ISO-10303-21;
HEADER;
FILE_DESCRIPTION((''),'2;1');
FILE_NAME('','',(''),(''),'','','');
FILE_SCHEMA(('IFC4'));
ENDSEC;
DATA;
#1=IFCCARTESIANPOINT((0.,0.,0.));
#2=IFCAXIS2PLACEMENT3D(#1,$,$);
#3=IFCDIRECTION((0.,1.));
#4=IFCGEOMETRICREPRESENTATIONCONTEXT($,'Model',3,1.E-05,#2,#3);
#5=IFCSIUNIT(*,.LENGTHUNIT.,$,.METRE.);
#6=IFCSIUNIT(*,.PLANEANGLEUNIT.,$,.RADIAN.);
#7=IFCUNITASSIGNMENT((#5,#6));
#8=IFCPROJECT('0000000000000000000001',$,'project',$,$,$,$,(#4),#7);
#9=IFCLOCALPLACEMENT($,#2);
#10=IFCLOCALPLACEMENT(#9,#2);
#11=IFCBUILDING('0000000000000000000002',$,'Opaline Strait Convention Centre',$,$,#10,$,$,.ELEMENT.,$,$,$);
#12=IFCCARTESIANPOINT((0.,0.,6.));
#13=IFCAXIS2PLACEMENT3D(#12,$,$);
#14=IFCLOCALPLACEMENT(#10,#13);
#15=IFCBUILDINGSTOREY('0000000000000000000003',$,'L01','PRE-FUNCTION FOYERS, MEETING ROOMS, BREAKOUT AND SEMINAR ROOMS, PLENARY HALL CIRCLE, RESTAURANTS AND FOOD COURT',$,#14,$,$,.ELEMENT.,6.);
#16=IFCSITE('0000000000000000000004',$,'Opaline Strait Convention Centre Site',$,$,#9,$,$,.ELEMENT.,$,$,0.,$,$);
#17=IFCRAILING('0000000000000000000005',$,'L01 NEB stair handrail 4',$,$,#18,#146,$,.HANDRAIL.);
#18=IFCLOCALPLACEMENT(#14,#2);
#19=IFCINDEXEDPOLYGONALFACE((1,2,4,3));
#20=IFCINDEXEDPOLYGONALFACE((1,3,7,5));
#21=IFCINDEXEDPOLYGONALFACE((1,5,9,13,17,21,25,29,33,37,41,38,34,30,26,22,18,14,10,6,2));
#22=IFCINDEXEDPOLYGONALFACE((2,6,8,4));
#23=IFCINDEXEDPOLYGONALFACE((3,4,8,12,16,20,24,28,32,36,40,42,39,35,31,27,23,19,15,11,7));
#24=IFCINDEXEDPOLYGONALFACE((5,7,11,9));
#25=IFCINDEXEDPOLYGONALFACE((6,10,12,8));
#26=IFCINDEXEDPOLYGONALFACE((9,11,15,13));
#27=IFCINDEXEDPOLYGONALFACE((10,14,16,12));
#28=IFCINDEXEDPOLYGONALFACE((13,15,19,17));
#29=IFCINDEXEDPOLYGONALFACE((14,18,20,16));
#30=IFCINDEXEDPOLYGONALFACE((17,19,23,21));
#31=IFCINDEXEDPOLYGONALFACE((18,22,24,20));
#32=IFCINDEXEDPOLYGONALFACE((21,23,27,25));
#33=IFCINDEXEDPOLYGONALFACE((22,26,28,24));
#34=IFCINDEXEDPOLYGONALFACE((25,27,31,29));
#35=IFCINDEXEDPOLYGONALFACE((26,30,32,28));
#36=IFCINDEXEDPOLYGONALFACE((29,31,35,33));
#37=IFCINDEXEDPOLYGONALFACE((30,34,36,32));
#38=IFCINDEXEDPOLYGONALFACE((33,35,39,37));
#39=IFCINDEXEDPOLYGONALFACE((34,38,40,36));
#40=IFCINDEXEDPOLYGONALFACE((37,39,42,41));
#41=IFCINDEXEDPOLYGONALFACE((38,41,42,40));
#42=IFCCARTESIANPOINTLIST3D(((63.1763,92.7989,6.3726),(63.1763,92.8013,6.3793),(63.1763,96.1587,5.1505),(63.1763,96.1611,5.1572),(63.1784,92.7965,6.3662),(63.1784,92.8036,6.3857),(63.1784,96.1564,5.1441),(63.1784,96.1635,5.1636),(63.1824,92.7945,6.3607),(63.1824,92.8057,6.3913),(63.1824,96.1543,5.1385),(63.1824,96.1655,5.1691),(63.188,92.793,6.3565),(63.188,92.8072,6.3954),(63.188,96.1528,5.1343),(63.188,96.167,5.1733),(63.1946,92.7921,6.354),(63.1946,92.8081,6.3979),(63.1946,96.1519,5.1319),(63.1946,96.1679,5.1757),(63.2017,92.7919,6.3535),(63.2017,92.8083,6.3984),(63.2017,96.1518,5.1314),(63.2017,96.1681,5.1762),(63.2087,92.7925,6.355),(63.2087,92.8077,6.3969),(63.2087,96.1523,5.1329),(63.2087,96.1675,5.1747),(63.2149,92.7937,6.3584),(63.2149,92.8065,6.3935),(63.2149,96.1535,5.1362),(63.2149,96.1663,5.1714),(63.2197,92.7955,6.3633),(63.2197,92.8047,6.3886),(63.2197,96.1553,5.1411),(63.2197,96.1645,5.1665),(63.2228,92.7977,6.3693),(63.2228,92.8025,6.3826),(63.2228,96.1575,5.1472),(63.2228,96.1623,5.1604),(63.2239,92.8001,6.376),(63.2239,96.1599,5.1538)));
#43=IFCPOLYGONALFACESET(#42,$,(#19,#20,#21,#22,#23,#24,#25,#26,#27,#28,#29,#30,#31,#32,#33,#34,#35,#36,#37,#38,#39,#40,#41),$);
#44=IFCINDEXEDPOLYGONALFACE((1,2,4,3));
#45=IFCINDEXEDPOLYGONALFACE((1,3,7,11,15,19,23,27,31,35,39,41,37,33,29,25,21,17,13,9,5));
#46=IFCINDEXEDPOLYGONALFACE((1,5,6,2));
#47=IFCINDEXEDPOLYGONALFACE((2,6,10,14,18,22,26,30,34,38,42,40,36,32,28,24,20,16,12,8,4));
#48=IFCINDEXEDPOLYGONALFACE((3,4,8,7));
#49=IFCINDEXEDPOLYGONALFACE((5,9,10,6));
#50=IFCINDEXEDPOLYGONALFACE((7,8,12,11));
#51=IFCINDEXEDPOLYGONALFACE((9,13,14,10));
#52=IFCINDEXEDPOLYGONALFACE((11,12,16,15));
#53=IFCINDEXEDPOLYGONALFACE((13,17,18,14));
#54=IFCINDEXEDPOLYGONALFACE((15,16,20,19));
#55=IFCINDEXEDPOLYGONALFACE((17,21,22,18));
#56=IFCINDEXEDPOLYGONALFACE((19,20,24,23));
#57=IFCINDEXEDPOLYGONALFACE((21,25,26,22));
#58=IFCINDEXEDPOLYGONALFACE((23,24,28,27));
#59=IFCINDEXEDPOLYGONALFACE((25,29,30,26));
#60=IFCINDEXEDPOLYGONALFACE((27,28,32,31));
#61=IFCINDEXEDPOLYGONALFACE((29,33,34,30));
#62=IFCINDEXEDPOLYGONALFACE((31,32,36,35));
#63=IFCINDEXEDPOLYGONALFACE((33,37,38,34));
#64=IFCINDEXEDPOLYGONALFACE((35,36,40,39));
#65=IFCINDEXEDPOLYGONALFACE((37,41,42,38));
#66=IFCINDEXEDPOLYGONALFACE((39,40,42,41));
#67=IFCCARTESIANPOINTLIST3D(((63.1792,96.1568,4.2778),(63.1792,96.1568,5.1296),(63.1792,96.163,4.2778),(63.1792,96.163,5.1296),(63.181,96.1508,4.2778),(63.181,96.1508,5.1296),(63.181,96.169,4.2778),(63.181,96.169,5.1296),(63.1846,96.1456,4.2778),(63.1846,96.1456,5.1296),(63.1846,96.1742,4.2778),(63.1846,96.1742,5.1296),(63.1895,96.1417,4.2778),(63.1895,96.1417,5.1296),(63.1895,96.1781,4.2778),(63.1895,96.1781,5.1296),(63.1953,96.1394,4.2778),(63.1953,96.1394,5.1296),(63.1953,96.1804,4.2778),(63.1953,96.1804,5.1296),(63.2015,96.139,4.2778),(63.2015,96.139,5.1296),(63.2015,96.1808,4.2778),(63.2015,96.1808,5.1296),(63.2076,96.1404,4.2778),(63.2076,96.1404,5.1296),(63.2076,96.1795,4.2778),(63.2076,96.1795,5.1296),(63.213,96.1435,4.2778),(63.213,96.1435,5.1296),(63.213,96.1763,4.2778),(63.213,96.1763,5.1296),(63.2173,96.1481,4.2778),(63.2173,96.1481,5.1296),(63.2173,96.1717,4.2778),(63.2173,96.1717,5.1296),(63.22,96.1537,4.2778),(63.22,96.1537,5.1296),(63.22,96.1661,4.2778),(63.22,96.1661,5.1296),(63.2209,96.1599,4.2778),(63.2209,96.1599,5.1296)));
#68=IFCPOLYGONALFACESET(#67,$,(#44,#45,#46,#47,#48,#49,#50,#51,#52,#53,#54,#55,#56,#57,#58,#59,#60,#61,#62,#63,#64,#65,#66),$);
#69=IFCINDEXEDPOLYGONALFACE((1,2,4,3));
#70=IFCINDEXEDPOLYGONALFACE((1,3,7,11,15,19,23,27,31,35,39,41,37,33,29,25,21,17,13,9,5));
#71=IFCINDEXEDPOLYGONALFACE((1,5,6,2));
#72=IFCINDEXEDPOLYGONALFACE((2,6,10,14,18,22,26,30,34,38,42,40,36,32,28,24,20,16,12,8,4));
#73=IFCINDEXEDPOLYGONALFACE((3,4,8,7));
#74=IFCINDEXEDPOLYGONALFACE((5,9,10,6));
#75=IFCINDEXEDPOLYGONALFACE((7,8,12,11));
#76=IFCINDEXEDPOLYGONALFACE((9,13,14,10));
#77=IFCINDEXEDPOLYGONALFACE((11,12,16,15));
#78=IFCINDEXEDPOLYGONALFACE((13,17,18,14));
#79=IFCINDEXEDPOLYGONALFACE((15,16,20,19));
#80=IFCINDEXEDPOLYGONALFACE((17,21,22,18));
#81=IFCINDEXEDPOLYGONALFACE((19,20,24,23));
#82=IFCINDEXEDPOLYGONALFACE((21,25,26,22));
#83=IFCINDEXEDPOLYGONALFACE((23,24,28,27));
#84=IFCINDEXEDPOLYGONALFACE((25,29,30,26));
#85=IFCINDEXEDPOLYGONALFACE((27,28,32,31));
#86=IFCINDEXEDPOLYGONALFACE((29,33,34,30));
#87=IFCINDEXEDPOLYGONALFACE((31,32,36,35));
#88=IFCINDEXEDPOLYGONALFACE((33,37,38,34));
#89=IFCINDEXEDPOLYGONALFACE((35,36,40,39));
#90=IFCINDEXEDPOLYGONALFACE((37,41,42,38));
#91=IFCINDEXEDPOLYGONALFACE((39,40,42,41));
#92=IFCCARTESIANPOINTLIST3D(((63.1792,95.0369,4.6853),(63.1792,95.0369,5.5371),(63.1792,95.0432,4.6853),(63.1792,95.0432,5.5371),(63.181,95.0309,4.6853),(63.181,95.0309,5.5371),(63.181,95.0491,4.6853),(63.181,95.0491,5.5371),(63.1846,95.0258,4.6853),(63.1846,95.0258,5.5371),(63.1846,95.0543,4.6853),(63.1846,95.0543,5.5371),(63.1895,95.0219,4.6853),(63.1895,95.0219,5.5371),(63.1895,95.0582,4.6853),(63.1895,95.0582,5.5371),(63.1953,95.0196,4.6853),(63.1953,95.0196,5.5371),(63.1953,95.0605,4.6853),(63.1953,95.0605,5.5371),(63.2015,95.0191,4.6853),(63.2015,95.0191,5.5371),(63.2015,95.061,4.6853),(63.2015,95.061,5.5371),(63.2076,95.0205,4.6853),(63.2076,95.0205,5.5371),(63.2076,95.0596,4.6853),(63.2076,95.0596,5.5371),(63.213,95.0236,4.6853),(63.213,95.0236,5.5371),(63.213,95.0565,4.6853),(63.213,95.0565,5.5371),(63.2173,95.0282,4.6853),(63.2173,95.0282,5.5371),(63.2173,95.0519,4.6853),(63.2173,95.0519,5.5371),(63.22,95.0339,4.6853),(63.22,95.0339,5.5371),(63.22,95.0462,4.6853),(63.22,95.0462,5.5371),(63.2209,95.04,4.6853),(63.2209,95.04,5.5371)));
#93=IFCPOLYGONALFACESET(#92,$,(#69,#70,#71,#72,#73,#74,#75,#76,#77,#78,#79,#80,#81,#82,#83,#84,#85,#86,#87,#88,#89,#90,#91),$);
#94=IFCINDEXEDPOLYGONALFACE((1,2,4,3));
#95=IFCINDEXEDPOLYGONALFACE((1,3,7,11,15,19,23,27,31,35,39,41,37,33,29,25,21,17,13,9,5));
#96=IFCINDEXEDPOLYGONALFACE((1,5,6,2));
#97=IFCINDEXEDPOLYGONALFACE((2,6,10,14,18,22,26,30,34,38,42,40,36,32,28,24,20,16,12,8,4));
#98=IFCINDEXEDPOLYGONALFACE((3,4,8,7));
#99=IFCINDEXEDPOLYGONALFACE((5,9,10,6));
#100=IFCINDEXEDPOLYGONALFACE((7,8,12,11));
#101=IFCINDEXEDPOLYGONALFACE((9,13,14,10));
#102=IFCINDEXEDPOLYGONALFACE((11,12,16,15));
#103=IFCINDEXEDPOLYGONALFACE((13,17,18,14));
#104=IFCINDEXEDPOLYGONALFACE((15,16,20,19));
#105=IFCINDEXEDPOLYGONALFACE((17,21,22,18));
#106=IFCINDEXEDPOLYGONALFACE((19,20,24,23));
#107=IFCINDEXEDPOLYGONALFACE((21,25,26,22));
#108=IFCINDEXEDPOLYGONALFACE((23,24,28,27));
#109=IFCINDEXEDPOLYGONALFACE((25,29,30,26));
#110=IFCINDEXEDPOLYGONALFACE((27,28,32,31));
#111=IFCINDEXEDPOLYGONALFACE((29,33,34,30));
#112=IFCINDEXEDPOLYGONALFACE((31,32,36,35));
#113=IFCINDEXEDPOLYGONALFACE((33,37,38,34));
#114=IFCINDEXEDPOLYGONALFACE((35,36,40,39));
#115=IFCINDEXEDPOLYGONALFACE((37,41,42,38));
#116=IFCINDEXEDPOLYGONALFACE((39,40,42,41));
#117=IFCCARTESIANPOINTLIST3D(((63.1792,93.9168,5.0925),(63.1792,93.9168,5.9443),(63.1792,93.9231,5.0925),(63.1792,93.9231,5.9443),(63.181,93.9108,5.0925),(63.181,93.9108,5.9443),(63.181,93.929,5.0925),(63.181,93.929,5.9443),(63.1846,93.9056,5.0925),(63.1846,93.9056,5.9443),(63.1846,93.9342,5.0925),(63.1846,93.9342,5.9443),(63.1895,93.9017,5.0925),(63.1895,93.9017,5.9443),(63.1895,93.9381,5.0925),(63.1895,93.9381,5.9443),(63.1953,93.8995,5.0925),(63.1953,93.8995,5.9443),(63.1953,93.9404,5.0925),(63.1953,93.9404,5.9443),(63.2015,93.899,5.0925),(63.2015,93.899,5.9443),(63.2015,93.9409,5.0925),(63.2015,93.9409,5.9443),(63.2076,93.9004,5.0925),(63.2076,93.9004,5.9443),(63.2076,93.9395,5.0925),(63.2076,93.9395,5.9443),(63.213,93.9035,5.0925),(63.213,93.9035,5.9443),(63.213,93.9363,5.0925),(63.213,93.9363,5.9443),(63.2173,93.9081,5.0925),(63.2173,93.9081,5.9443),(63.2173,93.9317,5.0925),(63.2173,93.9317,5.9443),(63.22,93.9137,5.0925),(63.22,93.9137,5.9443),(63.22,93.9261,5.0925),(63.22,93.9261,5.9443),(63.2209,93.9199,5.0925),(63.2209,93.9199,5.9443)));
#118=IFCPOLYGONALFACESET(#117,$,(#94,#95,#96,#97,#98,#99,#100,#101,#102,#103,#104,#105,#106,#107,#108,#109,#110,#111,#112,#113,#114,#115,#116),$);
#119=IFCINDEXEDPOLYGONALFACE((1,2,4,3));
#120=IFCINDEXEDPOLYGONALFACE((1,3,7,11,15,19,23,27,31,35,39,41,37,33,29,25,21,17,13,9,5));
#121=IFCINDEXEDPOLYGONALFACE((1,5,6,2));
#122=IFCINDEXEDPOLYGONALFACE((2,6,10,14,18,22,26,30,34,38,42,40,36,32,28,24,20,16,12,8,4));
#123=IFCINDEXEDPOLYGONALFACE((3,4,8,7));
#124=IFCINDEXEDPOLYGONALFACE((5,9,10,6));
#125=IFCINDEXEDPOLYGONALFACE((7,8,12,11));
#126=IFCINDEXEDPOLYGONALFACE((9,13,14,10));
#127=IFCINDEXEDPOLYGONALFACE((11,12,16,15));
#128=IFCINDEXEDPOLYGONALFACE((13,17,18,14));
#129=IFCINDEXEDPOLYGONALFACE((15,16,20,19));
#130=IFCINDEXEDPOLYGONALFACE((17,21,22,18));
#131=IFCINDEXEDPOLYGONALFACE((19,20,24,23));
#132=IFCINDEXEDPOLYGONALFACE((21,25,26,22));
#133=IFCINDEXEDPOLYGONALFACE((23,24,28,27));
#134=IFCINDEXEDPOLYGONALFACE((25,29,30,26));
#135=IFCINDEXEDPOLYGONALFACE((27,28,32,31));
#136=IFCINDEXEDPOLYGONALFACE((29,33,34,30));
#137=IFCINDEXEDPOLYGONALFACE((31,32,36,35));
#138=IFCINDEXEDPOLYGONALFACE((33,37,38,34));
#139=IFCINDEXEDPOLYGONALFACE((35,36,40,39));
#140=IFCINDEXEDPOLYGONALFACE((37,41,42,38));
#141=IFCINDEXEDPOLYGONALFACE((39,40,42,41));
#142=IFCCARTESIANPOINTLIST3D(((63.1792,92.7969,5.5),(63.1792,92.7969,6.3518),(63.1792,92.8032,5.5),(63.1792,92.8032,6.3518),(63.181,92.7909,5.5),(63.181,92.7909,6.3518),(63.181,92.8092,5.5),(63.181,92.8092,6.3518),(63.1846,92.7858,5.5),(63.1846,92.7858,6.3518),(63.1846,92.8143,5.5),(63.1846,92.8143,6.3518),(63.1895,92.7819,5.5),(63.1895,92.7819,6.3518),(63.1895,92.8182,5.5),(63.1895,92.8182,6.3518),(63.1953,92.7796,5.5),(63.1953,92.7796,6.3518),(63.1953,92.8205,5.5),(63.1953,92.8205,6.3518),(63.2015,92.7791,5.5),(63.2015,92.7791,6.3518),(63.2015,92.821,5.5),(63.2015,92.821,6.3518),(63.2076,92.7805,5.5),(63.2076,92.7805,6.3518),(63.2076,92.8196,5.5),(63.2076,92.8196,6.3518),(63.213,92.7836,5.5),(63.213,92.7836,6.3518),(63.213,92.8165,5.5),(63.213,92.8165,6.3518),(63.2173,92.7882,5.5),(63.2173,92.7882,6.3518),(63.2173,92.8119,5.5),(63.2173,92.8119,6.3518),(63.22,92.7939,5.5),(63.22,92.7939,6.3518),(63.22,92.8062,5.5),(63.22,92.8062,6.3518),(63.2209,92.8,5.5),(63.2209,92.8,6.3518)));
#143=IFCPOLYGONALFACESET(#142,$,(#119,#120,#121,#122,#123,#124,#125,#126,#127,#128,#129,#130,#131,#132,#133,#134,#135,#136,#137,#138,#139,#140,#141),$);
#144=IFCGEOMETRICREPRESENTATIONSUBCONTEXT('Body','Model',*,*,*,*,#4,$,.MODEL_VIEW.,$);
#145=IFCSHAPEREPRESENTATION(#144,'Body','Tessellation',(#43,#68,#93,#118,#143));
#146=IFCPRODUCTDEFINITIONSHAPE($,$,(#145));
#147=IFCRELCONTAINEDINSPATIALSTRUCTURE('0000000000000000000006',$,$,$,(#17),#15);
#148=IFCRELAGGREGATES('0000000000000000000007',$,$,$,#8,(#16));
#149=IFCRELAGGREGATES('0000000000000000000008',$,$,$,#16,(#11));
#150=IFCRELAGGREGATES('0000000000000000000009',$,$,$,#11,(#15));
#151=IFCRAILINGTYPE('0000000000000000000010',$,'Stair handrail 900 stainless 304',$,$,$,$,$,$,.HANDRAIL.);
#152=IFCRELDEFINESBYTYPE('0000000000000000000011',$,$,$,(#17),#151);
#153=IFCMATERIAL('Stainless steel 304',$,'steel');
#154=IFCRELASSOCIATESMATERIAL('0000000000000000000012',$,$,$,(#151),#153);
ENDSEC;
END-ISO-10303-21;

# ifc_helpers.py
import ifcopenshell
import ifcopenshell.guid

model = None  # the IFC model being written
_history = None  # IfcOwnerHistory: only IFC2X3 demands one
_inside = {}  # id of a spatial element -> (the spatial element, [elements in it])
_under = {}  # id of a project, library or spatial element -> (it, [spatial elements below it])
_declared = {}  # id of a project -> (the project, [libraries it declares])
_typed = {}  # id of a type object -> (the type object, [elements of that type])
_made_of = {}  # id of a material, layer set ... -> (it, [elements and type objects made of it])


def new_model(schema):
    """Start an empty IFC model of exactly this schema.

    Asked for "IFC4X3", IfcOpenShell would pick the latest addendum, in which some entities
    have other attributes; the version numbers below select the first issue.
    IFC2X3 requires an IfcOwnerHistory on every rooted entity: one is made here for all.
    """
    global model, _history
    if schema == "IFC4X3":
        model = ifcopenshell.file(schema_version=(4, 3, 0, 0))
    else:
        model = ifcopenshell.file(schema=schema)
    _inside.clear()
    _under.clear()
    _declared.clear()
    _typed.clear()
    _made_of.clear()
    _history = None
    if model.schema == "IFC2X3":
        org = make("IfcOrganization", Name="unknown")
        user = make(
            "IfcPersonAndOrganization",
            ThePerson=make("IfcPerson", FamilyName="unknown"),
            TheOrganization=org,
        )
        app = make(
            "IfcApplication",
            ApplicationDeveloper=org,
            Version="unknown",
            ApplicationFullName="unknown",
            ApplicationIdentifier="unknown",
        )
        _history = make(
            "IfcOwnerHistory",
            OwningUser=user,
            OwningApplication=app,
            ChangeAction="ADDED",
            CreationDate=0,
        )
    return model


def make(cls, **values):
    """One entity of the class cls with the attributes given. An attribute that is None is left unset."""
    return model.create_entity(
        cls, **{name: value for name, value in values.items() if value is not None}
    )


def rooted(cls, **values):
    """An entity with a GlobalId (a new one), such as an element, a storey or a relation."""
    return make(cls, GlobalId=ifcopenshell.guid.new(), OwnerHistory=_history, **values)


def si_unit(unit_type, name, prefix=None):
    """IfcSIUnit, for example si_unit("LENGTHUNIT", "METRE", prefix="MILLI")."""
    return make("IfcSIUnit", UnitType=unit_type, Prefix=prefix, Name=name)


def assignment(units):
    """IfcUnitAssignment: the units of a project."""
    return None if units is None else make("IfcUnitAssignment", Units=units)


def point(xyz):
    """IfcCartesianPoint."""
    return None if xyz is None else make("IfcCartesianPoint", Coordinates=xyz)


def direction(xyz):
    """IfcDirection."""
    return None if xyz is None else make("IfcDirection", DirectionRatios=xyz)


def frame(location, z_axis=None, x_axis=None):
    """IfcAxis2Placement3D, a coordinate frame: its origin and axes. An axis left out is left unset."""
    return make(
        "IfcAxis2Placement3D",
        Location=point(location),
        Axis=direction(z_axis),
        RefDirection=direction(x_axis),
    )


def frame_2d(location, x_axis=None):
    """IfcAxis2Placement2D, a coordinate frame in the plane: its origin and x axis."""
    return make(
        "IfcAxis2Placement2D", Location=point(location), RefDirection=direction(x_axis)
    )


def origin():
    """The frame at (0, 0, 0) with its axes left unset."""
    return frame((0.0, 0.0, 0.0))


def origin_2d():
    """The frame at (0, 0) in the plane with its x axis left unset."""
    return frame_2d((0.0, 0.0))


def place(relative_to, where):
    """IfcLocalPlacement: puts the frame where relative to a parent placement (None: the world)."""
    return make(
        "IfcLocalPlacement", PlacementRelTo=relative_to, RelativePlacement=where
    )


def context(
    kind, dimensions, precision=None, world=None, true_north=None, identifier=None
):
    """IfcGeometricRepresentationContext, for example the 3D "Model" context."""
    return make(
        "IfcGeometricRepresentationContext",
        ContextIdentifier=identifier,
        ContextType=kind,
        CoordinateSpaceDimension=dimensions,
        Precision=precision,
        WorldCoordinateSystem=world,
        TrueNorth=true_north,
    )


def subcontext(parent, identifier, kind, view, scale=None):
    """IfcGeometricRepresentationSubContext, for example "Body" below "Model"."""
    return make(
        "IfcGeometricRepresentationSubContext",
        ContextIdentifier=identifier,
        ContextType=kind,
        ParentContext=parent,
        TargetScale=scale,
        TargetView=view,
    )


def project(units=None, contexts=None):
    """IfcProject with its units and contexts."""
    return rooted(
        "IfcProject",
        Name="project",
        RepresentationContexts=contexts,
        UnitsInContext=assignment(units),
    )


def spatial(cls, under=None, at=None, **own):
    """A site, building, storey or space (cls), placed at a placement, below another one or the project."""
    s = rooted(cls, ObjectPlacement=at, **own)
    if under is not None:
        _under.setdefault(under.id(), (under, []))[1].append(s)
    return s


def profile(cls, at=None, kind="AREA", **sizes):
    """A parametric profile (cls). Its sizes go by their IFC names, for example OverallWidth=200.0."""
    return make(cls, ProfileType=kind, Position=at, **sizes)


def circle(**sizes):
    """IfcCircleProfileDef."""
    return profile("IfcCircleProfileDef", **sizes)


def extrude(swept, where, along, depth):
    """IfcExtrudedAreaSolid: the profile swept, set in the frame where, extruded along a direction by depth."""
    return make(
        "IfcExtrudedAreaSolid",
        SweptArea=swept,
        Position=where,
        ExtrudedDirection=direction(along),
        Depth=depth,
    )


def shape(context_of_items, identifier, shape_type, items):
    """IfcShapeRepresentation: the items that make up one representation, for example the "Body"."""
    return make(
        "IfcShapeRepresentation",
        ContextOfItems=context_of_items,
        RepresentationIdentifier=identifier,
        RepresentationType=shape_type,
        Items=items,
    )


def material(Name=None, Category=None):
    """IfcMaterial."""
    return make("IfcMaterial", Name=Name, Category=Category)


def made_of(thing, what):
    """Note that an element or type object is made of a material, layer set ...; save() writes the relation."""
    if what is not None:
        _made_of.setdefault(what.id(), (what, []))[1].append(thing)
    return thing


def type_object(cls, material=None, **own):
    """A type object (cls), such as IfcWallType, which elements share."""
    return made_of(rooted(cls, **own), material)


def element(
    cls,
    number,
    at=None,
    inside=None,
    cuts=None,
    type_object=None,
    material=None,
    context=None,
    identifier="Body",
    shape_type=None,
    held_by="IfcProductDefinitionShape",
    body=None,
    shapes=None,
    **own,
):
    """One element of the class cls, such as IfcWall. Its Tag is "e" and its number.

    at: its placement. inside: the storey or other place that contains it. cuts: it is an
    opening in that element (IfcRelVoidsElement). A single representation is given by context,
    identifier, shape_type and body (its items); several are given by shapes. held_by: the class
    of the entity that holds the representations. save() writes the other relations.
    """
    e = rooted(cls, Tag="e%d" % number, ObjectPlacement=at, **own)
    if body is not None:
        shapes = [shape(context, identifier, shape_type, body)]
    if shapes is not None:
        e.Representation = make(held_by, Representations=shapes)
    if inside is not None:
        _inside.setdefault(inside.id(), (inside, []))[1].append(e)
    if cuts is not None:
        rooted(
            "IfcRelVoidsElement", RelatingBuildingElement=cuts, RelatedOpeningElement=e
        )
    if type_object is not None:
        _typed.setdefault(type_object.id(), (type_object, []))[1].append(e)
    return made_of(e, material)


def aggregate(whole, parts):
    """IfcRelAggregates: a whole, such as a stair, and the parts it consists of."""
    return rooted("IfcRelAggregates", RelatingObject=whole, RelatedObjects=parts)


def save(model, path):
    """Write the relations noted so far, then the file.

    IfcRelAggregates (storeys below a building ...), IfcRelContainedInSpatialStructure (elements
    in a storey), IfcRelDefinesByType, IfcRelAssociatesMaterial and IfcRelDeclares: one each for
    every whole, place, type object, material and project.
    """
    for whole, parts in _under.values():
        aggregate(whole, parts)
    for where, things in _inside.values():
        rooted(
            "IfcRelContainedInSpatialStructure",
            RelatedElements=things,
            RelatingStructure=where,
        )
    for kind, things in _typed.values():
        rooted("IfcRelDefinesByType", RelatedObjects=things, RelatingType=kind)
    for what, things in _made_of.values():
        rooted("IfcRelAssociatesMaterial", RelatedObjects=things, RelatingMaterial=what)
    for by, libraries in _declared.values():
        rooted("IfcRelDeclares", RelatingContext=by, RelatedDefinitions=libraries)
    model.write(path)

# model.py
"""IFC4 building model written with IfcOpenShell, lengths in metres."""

from ifc_helpers import new_model, si_unit, direction, frame, origin, origin_2d, place, context, subcontext, project, spatial, circle, extrude, material, type_object, element, save


model = new_model("IFC4")

# Units and contexts
model_context = context("Model", 3, precision=1e-05, world=origin(), true_north=direction((0.0, 1.0)))
body_context = subcontext(model_context, "Body", "Model", "MODEL_VIEW")
ifc_project = project(units=[si_unit("LENGTHUNIT", "METRE"), si_unit("PLANEANGLEUNIT", "RADIAN")], contexts=[model_context])

# Site, building, storey
site_placement = place(None, origin())
site = spatial("IfcSite", under=ifc_project, at=site_placement, Name="Opaline Strait Convention Centre Site", CompositionType="ELEMENT", RefElevation=0.0)
building_placement = place(site_placement, origin())
building = spatial("IfcBuilding", under=site, at=building_placement, Name="Opaline Strait Convention Centre", CompositionType="ELEMENT")
storey_placement = place(building_placement, frame((0.0, 0.0, 6.0)))
storey = spatial("IfcBuildingStorey", under=building, at=storey_placement, Name="L01", Description="PRE-FUNCTION FOYERS, MEETING ROOMS, BREAKOUT AND SEMINAR ROOMS, PLENARY HALL CIRCLE, RESTAURANTS AND FOOD COURT", CompositionType="ELEMENT", Elevation=6.0)

# Railing
ifc_material_1 = material(Name="Stainless steel 304", Category="steel")
railing_type_1 = type_object("IfcRailingType", Name="Stair handrail 900 stainless 304", PredefinedType="HANDRAIL", material=ifc_material_1)
railing_1_placement = place(storey_placement, frame((63.2, 96.1599, 4.2778)))
element("IfcRailing", 1, at=railing_1_placement, inside=storey, type_object=railing_type_1, Name="L01 NEB stair handrail 4", PredefinedType="HANDRAIL", context=body_context, shape_type="SweptSolid", body=[
    extrude(circle(Radius=0.0239, at=origin_2d()), frame((0.0, 0.0, 0.876), z_axis=(0.0, -0.939758, 0.341842), x_axis=(1.0, 0.0, 0.0)), (0.0, 0.0, 1.0), 3.5752),
    extrude(circle(Radius=0.021, at=origin_2d()), origin(), (0.0, 0.0, 1.0), 0.8518),
    extrude(circle(Radius=0.021, at=origin_2d()), frame((0.0, -1.1199, 0.4075)), (0.0, 0.0, 1.0), 0.8518),
    extrude(circle(Radius=0.021, at=origin_2d()), frame((0.0, -2.24, 0.8147)), (0.0, 0.0, 1.0), 0.8518),
    extrude(circle(Radius=0.021, at=origin_2d()), frame((0.0, -3.3599, 1.2222)), (0.0, 0.0, 1.0), 0.8518),
])

save(model, "model.ifc")
